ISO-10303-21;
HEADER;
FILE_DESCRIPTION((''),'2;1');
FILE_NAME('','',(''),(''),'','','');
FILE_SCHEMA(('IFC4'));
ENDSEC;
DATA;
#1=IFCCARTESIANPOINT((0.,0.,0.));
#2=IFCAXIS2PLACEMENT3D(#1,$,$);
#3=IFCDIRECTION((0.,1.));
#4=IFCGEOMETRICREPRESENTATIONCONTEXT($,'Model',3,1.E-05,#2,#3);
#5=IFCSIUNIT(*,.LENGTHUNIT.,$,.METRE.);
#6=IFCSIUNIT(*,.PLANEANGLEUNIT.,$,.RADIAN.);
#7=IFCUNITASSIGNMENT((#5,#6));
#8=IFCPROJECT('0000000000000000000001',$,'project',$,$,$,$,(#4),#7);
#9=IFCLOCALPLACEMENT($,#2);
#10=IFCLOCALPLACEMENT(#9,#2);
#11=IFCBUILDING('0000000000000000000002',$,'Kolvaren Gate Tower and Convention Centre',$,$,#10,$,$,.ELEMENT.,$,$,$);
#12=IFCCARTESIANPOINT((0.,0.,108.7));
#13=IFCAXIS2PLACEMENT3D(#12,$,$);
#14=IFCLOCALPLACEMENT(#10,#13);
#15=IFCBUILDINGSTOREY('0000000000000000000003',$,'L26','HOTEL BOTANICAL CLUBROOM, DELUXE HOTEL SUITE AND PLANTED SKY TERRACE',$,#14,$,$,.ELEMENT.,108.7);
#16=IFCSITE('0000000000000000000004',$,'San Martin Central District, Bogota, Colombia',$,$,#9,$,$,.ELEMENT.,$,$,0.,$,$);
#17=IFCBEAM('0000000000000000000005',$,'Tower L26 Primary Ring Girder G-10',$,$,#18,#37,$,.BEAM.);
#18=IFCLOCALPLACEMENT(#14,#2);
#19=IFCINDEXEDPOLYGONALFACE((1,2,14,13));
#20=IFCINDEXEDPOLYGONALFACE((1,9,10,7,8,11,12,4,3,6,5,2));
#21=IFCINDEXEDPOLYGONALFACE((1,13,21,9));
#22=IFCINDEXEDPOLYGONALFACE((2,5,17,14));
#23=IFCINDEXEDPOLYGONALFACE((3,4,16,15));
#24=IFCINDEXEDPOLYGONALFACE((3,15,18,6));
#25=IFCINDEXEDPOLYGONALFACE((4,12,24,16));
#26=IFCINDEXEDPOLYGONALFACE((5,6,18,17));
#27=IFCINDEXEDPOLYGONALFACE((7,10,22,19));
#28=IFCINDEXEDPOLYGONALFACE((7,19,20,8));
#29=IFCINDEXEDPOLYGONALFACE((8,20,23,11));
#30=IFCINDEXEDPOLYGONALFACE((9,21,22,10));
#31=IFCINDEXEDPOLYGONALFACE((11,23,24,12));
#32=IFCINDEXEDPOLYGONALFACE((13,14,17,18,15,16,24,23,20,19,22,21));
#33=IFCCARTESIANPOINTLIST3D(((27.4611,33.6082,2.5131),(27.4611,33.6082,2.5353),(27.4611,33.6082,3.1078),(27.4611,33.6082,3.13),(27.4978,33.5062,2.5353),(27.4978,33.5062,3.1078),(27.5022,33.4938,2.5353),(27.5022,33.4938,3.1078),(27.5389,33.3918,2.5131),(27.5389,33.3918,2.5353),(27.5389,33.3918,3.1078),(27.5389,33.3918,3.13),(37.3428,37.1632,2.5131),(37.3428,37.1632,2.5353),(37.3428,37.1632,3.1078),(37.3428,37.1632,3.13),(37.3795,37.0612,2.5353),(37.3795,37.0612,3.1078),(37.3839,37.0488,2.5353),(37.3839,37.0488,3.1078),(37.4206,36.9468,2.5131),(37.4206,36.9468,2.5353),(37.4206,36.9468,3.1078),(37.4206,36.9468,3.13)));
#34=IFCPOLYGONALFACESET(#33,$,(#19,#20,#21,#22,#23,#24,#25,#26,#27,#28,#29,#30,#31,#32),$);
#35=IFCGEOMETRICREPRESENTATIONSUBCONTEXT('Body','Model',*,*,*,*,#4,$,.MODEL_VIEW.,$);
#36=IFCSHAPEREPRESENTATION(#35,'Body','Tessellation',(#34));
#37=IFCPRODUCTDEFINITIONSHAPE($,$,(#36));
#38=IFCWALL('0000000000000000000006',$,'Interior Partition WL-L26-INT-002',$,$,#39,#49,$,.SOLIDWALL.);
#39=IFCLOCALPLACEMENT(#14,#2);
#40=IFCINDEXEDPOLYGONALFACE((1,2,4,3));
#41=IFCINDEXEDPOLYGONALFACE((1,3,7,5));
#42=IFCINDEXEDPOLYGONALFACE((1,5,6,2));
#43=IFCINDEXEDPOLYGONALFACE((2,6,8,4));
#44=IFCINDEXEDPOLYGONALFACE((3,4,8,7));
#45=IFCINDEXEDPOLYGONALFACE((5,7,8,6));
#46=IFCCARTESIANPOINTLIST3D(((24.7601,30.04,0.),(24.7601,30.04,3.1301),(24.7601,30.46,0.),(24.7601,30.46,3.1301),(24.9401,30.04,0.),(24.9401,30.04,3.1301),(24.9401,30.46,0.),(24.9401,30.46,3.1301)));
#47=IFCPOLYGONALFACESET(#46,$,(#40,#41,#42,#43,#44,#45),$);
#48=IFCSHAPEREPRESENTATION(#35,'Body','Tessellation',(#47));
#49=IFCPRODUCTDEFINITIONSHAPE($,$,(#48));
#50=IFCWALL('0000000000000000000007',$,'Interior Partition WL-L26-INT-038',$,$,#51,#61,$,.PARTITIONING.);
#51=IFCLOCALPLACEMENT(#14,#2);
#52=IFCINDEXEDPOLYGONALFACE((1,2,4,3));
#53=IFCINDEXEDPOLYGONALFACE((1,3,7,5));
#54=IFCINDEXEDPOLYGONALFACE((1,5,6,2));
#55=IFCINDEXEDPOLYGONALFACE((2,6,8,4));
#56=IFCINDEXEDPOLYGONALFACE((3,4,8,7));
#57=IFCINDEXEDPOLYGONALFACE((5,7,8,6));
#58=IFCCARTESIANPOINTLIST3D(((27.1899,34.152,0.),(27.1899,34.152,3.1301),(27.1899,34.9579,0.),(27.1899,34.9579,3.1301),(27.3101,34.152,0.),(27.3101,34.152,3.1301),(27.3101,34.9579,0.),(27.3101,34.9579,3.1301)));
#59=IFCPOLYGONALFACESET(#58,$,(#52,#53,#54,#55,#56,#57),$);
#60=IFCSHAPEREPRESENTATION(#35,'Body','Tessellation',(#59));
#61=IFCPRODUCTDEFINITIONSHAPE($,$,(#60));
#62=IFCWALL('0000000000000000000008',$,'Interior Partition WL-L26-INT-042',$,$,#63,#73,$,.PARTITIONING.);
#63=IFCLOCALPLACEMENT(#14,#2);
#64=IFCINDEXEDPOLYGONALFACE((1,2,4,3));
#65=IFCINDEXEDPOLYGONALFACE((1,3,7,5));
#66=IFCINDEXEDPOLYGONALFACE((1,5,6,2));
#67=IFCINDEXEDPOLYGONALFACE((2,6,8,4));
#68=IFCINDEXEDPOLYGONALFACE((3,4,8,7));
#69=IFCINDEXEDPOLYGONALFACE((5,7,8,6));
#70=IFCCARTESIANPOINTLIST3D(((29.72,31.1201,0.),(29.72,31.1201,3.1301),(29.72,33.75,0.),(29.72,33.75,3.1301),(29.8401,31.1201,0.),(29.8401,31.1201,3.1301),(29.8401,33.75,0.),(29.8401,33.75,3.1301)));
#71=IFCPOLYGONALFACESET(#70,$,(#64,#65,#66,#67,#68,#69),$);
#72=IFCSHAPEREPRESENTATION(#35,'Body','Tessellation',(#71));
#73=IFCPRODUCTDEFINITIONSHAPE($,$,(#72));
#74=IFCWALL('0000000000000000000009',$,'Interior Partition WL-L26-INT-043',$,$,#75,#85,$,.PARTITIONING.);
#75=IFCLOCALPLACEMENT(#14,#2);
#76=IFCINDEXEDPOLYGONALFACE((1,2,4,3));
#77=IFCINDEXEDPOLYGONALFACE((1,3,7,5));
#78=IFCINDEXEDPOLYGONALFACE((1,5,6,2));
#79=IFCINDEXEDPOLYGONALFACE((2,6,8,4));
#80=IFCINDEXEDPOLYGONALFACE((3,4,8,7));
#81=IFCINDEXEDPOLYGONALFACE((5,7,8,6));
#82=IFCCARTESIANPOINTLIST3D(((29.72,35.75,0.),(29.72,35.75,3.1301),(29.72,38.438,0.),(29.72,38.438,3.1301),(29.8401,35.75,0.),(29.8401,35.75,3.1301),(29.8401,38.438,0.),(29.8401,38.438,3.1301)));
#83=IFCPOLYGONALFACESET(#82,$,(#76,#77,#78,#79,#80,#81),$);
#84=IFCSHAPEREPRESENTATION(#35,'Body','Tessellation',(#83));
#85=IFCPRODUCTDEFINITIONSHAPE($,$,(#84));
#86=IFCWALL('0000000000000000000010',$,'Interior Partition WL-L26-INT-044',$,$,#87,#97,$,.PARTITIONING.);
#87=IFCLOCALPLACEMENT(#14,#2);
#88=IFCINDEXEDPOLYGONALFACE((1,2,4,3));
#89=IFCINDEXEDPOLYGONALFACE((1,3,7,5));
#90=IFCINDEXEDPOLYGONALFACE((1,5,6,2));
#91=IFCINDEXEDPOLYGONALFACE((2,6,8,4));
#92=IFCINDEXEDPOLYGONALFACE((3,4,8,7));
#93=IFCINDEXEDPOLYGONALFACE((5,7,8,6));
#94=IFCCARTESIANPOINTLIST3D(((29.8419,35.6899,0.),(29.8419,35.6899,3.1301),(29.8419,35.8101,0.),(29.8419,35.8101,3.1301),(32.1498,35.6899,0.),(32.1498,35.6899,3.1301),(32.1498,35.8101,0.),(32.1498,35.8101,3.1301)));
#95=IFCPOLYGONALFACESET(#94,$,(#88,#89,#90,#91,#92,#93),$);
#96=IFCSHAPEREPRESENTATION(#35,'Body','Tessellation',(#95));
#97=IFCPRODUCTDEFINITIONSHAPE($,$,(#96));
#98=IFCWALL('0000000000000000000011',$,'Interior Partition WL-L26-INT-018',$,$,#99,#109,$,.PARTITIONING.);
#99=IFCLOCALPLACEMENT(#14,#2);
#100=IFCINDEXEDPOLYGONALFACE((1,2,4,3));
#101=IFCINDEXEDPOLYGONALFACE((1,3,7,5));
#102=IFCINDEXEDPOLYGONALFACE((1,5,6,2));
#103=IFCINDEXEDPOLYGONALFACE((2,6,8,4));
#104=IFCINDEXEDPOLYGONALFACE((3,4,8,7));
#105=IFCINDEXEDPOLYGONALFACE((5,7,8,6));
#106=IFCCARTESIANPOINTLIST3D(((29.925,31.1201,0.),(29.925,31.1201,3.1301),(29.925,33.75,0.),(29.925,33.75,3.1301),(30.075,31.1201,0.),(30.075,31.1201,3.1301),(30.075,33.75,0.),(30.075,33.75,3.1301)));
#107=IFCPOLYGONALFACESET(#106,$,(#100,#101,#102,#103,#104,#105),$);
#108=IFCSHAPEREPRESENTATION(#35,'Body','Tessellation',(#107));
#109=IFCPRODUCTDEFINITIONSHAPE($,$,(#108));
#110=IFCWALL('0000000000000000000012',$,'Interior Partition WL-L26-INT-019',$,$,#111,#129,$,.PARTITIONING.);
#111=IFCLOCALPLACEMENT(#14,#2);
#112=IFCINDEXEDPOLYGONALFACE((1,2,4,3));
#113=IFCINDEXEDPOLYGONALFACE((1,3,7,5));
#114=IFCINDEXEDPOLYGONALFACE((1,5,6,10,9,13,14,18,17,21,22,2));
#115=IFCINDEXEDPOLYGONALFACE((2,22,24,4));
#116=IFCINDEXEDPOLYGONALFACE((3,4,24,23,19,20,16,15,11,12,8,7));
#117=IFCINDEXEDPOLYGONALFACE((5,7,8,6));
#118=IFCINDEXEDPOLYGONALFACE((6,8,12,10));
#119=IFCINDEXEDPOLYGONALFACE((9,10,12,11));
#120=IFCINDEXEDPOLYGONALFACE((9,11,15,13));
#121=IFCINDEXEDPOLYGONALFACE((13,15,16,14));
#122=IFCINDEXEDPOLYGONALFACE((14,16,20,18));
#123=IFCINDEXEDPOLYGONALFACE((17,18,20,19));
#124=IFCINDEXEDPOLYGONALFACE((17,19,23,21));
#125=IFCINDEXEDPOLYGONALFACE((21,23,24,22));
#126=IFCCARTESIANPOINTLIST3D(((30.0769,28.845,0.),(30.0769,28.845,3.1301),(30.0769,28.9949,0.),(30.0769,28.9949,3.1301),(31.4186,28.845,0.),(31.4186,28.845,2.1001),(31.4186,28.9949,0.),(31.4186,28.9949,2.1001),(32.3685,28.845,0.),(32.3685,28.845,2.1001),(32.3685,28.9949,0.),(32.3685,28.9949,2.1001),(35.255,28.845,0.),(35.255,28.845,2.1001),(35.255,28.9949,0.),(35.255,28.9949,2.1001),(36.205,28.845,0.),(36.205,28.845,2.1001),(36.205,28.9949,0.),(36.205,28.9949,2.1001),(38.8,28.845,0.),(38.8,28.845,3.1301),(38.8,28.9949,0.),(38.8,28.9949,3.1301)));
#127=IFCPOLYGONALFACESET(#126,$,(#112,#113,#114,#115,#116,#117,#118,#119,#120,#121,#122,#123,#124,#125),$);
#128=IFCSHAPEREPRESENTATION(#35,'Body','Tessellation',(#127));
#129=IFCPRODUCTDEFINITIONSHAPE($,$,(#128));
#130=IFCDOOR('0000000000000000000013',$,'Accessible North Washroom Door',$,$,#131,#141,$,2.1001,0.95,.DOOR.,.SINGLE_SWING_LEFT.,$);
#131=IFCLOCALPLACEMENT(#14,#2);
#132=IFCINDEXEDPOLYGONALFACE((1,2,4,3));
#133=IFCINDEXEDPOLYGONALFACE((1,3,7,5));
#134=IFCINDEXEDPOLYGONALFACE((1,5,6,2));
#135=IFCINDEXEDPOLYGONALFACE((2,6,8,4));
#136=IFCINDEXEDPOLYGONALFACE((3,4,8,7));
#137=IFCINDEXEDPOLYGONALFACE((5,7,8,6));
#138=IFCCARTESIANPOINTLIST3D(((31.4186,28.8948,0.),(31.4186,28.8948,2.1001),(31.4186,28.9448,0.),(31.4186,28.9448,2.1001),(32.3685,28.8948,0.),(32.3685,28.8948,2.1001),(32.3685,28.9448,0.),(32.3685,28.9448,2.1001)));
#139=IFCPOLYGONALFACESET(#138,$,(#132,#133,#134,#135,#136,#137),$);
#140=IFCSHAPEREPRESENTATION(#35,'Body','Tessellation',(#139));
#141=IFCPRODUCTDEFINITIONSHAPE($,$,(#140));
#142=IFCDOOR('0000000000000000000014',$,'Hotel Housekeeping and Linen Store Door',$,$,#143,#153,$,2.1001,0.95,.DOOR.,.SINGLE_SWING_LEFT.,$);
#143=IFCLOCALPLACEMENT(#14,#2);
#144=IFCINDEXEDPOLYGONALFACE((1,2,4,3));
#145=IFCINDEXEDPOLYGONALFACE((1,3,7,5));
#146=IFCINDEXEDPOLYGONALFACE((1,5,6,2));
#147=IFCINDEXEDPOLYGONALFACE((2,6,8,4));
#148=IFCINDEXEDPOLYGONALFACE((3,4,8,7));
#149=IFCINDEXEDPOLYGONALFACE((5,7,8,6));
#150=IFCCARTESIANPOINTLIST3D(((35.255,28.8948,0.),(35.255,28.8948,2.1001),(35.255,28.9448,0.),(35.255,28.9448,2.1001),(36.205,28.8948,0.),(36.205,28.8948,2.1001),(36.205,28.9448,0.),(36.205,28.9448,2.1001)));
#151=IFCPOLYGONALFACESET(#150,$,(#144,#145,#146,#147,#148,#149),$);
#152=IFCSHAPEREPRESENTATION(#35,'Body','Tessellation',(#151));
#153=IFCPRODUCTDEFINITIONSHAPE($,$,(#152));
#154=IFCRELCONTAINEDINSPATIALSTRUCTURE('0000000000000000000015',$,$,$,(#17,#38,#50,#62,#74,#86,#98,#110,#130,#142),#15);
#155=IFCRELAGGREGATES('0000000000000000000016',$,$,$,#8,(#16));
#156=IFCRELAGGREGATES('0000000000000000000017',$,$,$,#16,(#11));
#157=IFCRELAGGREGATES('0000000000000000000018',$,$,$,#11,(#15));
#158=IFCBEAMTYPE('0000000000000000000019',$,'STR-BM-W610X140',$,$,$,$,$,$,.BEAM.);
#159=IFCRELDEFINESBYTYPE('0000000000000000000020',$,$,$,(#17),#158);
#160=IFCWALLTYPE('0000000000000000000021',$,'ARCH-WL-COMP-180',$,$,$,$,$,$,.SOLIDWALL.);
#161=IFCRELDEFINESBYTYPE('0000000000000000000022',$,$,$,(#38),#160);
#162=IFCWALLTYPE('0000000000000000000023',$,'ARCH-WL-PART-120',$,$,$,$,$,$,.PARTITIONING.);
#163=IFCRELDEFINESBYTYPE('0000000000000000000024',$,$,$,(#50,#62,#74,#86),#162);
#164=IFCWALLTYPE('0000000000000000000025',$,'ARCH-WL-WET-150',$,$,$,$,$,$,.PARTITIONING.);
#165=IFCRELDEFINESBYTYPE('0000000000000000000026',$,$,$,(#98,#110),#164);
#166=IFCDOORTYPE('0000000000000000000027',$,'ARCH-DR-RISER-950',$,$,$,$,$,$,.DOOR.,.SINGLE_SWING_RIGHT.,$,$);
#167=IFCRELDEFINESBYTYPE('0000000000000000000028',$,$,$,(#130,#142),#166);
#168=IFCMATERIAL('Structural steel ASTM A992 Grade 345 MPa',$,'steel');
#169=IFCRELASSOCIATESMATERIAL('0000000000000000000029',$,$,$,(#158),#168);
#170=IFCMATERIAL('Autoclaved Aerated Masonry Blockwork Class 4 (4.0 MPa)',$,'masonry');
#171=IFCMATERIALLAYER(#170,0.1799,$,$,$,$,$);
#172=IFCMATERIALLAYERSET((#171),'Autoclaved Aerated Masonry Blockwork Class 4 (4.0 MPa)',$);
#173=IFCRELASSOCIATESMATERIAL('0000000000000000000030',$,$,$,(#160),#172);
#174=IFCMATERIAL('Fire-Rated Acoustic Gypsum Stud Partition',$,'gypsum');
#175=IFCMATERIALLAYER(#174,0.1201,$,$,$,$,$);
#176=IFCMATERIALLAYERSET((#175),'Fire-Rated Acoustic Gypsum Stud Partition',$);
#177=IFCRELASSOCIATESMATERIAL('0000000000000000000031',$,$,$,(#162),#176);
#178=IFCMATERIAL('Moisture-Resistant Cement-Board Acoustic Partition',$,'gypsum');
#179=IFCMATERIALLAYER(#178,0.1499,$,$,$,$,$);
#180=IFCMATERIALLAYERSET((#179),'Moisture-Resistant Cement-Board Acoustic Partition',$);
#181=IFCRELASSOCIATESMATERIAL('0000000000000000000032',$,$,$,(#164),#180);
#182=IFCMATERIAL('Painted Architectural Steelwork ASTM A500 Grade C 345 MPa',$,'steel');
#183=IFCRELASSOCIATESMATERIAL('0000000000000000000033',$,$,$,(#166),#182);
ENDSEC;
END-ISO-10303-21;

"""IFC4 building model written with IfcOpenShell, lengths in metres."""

from ifc_helpers import new_model, si_unit, direction, frame, frame_2d, origin, origin_2d, place, context, subcontext, project, spatial, rectangle, i_section, extrude, material, layer, layer_set, material_profile, profile_set, type_object, element, fill, save


model = new_model("IFC4")

# Units and contexts
model_context = context("Model", 3, precision=1e-05, world=origin(), true_north=direction((0.0, 1.0)))
body_context = subcontext(model_context, "Body", "Model", "MODEL_VIEW")
ifc_project = project(units=[si_unit("LENGTHUNIT", "METRE"), si_unit("PLANEANGLEUNIT", "RADIAN")], contexts=[model_context])

# Site, building, storey
site_placement = place(None, origin())
site = spatial("IfcSite", under=ifc_project, at=site_placement, Name="San Martin Central District, Bogota, Colombia", CompositionType="ELEMENT", RefElevation=0.0)
building_placement = place(site_placement, origin())
building = spatial("IfcBuilding", under=site, at=building_placement, Name="Kolvaren Gate Tower and Convention Centre", CompositionType="ELEMENT")
storey_placement = place(building_placement, frame((0.0, 0.0, 108.7)))
storey = spatial("IfcBuildingStorey", under=building, at=storey_placement, Name="L26", Description="HOTEL BOTANICAL CLUBROOM, DELUXE HOTEL SUITE AND PLANTED SKY TERRACE", CompositionType="ELEMENT", Elevation=108.7)

# Beam
ifc_material_1 = material(Name="Structural steel ASTM A992 Grade 345 MPa", Category="steel")
ifc_material_profile = material_profile(ifc_material_1, i_section(OverallWidth=0.23, OverallDepth=0.6169, WebThickness=0.0132, FlangeThickness=0.0222, at=origin_2d()), Name="W610X140")
ifc_profile_set = profile_set([ifc_material_profile], Name="Structural steel ASTM A992 Grade 345 MPa")
beam_type = type_object("IfcBeamType", Name="STR-BM-W610X140", PredefinedType="BEAM", material=ifc_profile_set)
beam_placement = place(storey_placement, frame((27.5, 33.5, 2.8215), z_axis=(0.940961, 0.338514, 0.0), x_axis=(-0.338514, 0.940961, 0.0)))
element("IfcBeam", 1, at=beam_placement, inside=storey, type_object=beam_type, Name="Tower L26 Primary Ring Girder G-10", PredefinedType="BEAM", context=body_context, shape_type="SweptSolid", body=[
    extrude(i_section(OverallWidth=0.23, OverallDepth=0.6169, WebThickness=0.0132, FlangeThickness=0.0222, at=origin_2d()), origin(), (0.0, 0.0, 1.0), 10.5017),
])

# Walls
ifc_material_2 = material(Name="Autoclaved Aerated Masonry Blockwork Class 4 (4.0 MPa)", Category="masonry")
ifc_layer_1 = layer(ifc_material_2, 0.1799)
ifc_layer_set_1 = layer_set([ifc_layer_1], Name="Autoclaved Aerated Masonry Blockwork Class 4 (4.0 MPa)")
wall_type_1 = type_object("IfcWallType", Name="ARCH-WL-COMP-180", PredefinedType="SOLIDWALL", material=ifc_layer_set_1)
wall_1_placement = place(storey_placement, frame((24.8501, 30.04, 0.0), z_axis=(0.0, 0.0, 1.0), x_axis=(0.0, 1.0, 0.0)))
element("IfcWall", 2, at=wall_1_placement, inside=storey, type_object=wall_type_1, Name="Interior Partition WL-L26-INT-002", PredefinedType="SOLIDWALL", context=body_context, shape_type="SweptSolid", body=[
    extrude(rectangle(XDim=0.4199, YDim=0.1799, at=frame_2d((0.21, 0.0))), origin(), (0.0, 0.0, 1.0), 3.1301),
])
ifc_material_3 = material(Name="Fire-Rated Acoustic Gypsum Stud Partition", Category="gypsum")
ifc_layer_2 = layer(ifc_material_3, 0.1201)
ifc_layer_set_2 = layer_set([ifc_layer_2], Name="Fire-Rated Acoustic Gypsum Stud Partition")
wall_type_2 = type_object("IfcWallType", Name="ARCH-WL-PART-120", PredefinedType="PARTITIONING", material=ifc_layer_set_2)
wall_2_placement = place(storey_placement, frame((27.25, 34.1521, 0.0), z_axis=(0.0, 0.0, 1.0), x_axis=(0.0, 1.0, 0.0)))
element("IfcWall", 3, at=wall_2_placement, inside=storey, type_object=wall_type_2, Name="Interior Partition WL-L26-INT-038", PredefinedType="PARTITIONING", context=body_context, shape_type="SweptSolid", body=[
    extrude(rectangle(XDim=0.8059, YDim=0.1201, at=frame_2d((0.4028, 0.0))), origin(), (0.0, 0.0, 1.0), 3.1301),
])
wall_3_placement = place(storey_placement, frame((29.78, 31.1201, 0.0), z_axis=(0.0, 0.0, 1.0), x_axis=(0.0, 1.0, 0.0)))
element("IfcWall", 4, at=wall_3_placement, inside=storey, type_object=wall_type_2, Name="Interior Partition WL-L26-INT-042", PredefinedType="PARTITIONING", context=body_context, shape_type="SweptSolid", body=[
    extrude(rectangle(XDim=2.6299, YDim=0.1201, at=frame_2d((1.3149, 0.0))), origin(), (0.0, 0.0, 1.0), 3.1301),
])
wall_4_placement = place(storey_placement, frame((29.78, 35.75, 0.0), z_axis=(0.0, 0.0, 1.0), x_axis=(0.0, 1.0, 0.0)))
element("IfcWall", 5, at=wall_4_placement, inside=storey, type_object=wall_type_2, Name="Interior Partition WL-L26-INT-043", PredefinedType="PARTITIONING", context=body_context, shape_type="SweptSolid", body=[
    extrude(rectangle(XDim=2.688, YDim=0.1201, at=frame_2d((1.344, 0.0))), origin(), (0.0, 0.0, 1.0), 3.1301),
])
wall_5_placement = place(storey_placement, frame((29.842, 35.75, 0.0), z_axis=(0.0, 0.0, 1.0), x_axis=(1.0, 0.0, 0.0)))
element("IfcWall", 6, at=wall_5_placement, inside=storey, type_object=wall_type_2, Name="Interior Partition WL-L26-INT-044", PredefinedType="PARTITIONING", context=body_context, shape_type="SweptSolid", body=[
    extrude(rectangle(XDim=2.3079, YDim=0.1201, at=frame_2d((1.1538, 0.0))), origin(), (0.0, 0.0, 1.0), 3.1301),
])
ifc_material_4 = material(Name="Moisture-Resistant Cement-Board Acoustic Partition", Category="gypsum")
ifc_layer_3 = layer(ifc_material_4, 0.1499)
ifc_layer_set_3 = layer_set([ifc_layer_3], Name="Moisture-Resistant Cement-Board Acoustic Partition")
wall_type_3 = type_object("IfcWallType", Name="ARCH-WL-WET-150", PredefinedType="PARTITIONING", material=ifc_layer_set_3)
wall_6_placement = place(storey_placement, frame((30.0, 31.1201, 0.0), z_axis=(0.0, 0.0, 1.0), x_axis=(0.0, 1.0, 0.0)))
element("IfcWall", 7, at=wall_6_placement, inside=storey, type_object=wall_type_3, Name="Interior Partition WL-L26-INT-018", PredefinedType="PARTITIONING", context=body_context, shape_type="SweptSolid", body=[
    extrude(rectangle(XDim=2.6299, YDim=0.1499, at=frame_2d((1.3149, 0.0))), origin(), (0.0, 0.0, 1.0), 3.1301),
])

# Wall, openings, doors
wall_7_placement = place(storey_placement, frame((30.0769, 28.9199, 0.0), z_axis=(0.0, 0.0, 1.0), x_axis=(1.0, 0.0, 0.0)))
wall_7 = element("IfcWall", 8, at=wall_7_placement, inside=storey, type_object=wall_type_3, Name="Interior Partition WL-L26-INT-019", PredefinedType="PARTITIONING", context=body_context, shape_type="SweptSolid", body=[
    extrude(rectangle(XDim=8.7231, YDim=0.1499, at=frame_2d((4.3616, 0.0))), origin(), (0.0, 0.0, 1.0), 3.1301),
])
opening_1_placement = place(wall_7_placement, frame((1.3416, 0.0, 0.0)))
opening_1 = element("IfcOpeningElement", 9, at=opening_1_placement, cuts=wall_7, PredefinedType="OPENING", context=body_context, shape_type="SweptSolid", body=[
    extrude(rectangle(XDim=0.95, YDim=2.1001, at=frame_2d((0.4751, 1.05))), frame((0.0, 0.085, 0.0), z_axis=(0.0, -1.0, 0.0), x_axis=(1.0, 0.0, 0.0)), (0.0, 0.0, 1.0), 0.1699),
])
opening_2_placement = place(wall_7_placement, frame((5.178, 0.0, 0.0)))
opening_2 = element("IfcOpeningElement", 10, at=opening_2_placement, cuts=wall_7, PredefinedType="OPENING", context=body_context, shape_type="SweptSolid", body=[
    extrude(rectangle(XDim=0.95, YDim=2.1001, at=frame_2d((0.4751, 1.05))), frame((0.0, 0.085, 0.0), z_axis=(0.0, -1.0, 0.0), x_axis=(1.0, 0.0, 0.0)), (0.0, 0.0, 1.0), 0.1699),
])
ifc_material_5 = material(Name="Painted Architectural Steelwork ASTM A500 Grade C 345 MPa", Category="steel")
door_type_1 = type_object("IfcDoorType", Name="ARCH-DR-RISER-950", OperationType="SINGLE_SWING_RIGHT", PredefinedType="DOOR", material=ifc_material_5)
door_1_placement = place(opening_1_placement, origin())
door_1 = element("IfcDoor", 11, at=door_1_placement, inside=storey, type_object=door_type_1, Name="Accessible North Washroom Door", OperationType="SINGLE_SWING_LEFT", OverallHeight=2.1001, OverallWidth=0.95, PredefinedType="DOOR", context=body_context, shape_type="SweptSolid", body=[
    extrude(rectangle(XDim=0.95, YDim=2.1001, at=frame_2d((0.4751, 1.05))), frame((0.0, 0.0249, 0.0), z_axis=(0.0, -1.0, 0.0), x_axis=(1.0, 0.0, 0.0)), (0.0, 0.0, 1.0), 0.05),
])
fill(opening_1, door_1)
door_2_placement = place(opening_2_placement, origin())
door_2 = element("IfcDoor", 12, at=door_2_placement, inside=storey, type_object=door_type_1, Name="Hotel Housekeeping and Linen Store Door", OperationType="SINGLE_SWING_LEFT", OverallHeight=2.1001, OverallWidth=0.95, PredefinedType="DOOR", context=body_context, shape_type="SweptSolid", body=[
    extrude(rectangle(XDim=0.95, YDim=2.1001, at=frame_2d((0.4751, 1.05))), frame((0.0, 0.0249, 0.0), z_axis=(0.0, -1.0, 0.0), x_axis=(1.0, 0.0, 0.0)), (0.0, 0.0, 1.0), 0.05),
])
fill(opening_2, door_2)

save(model, "model.ifc")
